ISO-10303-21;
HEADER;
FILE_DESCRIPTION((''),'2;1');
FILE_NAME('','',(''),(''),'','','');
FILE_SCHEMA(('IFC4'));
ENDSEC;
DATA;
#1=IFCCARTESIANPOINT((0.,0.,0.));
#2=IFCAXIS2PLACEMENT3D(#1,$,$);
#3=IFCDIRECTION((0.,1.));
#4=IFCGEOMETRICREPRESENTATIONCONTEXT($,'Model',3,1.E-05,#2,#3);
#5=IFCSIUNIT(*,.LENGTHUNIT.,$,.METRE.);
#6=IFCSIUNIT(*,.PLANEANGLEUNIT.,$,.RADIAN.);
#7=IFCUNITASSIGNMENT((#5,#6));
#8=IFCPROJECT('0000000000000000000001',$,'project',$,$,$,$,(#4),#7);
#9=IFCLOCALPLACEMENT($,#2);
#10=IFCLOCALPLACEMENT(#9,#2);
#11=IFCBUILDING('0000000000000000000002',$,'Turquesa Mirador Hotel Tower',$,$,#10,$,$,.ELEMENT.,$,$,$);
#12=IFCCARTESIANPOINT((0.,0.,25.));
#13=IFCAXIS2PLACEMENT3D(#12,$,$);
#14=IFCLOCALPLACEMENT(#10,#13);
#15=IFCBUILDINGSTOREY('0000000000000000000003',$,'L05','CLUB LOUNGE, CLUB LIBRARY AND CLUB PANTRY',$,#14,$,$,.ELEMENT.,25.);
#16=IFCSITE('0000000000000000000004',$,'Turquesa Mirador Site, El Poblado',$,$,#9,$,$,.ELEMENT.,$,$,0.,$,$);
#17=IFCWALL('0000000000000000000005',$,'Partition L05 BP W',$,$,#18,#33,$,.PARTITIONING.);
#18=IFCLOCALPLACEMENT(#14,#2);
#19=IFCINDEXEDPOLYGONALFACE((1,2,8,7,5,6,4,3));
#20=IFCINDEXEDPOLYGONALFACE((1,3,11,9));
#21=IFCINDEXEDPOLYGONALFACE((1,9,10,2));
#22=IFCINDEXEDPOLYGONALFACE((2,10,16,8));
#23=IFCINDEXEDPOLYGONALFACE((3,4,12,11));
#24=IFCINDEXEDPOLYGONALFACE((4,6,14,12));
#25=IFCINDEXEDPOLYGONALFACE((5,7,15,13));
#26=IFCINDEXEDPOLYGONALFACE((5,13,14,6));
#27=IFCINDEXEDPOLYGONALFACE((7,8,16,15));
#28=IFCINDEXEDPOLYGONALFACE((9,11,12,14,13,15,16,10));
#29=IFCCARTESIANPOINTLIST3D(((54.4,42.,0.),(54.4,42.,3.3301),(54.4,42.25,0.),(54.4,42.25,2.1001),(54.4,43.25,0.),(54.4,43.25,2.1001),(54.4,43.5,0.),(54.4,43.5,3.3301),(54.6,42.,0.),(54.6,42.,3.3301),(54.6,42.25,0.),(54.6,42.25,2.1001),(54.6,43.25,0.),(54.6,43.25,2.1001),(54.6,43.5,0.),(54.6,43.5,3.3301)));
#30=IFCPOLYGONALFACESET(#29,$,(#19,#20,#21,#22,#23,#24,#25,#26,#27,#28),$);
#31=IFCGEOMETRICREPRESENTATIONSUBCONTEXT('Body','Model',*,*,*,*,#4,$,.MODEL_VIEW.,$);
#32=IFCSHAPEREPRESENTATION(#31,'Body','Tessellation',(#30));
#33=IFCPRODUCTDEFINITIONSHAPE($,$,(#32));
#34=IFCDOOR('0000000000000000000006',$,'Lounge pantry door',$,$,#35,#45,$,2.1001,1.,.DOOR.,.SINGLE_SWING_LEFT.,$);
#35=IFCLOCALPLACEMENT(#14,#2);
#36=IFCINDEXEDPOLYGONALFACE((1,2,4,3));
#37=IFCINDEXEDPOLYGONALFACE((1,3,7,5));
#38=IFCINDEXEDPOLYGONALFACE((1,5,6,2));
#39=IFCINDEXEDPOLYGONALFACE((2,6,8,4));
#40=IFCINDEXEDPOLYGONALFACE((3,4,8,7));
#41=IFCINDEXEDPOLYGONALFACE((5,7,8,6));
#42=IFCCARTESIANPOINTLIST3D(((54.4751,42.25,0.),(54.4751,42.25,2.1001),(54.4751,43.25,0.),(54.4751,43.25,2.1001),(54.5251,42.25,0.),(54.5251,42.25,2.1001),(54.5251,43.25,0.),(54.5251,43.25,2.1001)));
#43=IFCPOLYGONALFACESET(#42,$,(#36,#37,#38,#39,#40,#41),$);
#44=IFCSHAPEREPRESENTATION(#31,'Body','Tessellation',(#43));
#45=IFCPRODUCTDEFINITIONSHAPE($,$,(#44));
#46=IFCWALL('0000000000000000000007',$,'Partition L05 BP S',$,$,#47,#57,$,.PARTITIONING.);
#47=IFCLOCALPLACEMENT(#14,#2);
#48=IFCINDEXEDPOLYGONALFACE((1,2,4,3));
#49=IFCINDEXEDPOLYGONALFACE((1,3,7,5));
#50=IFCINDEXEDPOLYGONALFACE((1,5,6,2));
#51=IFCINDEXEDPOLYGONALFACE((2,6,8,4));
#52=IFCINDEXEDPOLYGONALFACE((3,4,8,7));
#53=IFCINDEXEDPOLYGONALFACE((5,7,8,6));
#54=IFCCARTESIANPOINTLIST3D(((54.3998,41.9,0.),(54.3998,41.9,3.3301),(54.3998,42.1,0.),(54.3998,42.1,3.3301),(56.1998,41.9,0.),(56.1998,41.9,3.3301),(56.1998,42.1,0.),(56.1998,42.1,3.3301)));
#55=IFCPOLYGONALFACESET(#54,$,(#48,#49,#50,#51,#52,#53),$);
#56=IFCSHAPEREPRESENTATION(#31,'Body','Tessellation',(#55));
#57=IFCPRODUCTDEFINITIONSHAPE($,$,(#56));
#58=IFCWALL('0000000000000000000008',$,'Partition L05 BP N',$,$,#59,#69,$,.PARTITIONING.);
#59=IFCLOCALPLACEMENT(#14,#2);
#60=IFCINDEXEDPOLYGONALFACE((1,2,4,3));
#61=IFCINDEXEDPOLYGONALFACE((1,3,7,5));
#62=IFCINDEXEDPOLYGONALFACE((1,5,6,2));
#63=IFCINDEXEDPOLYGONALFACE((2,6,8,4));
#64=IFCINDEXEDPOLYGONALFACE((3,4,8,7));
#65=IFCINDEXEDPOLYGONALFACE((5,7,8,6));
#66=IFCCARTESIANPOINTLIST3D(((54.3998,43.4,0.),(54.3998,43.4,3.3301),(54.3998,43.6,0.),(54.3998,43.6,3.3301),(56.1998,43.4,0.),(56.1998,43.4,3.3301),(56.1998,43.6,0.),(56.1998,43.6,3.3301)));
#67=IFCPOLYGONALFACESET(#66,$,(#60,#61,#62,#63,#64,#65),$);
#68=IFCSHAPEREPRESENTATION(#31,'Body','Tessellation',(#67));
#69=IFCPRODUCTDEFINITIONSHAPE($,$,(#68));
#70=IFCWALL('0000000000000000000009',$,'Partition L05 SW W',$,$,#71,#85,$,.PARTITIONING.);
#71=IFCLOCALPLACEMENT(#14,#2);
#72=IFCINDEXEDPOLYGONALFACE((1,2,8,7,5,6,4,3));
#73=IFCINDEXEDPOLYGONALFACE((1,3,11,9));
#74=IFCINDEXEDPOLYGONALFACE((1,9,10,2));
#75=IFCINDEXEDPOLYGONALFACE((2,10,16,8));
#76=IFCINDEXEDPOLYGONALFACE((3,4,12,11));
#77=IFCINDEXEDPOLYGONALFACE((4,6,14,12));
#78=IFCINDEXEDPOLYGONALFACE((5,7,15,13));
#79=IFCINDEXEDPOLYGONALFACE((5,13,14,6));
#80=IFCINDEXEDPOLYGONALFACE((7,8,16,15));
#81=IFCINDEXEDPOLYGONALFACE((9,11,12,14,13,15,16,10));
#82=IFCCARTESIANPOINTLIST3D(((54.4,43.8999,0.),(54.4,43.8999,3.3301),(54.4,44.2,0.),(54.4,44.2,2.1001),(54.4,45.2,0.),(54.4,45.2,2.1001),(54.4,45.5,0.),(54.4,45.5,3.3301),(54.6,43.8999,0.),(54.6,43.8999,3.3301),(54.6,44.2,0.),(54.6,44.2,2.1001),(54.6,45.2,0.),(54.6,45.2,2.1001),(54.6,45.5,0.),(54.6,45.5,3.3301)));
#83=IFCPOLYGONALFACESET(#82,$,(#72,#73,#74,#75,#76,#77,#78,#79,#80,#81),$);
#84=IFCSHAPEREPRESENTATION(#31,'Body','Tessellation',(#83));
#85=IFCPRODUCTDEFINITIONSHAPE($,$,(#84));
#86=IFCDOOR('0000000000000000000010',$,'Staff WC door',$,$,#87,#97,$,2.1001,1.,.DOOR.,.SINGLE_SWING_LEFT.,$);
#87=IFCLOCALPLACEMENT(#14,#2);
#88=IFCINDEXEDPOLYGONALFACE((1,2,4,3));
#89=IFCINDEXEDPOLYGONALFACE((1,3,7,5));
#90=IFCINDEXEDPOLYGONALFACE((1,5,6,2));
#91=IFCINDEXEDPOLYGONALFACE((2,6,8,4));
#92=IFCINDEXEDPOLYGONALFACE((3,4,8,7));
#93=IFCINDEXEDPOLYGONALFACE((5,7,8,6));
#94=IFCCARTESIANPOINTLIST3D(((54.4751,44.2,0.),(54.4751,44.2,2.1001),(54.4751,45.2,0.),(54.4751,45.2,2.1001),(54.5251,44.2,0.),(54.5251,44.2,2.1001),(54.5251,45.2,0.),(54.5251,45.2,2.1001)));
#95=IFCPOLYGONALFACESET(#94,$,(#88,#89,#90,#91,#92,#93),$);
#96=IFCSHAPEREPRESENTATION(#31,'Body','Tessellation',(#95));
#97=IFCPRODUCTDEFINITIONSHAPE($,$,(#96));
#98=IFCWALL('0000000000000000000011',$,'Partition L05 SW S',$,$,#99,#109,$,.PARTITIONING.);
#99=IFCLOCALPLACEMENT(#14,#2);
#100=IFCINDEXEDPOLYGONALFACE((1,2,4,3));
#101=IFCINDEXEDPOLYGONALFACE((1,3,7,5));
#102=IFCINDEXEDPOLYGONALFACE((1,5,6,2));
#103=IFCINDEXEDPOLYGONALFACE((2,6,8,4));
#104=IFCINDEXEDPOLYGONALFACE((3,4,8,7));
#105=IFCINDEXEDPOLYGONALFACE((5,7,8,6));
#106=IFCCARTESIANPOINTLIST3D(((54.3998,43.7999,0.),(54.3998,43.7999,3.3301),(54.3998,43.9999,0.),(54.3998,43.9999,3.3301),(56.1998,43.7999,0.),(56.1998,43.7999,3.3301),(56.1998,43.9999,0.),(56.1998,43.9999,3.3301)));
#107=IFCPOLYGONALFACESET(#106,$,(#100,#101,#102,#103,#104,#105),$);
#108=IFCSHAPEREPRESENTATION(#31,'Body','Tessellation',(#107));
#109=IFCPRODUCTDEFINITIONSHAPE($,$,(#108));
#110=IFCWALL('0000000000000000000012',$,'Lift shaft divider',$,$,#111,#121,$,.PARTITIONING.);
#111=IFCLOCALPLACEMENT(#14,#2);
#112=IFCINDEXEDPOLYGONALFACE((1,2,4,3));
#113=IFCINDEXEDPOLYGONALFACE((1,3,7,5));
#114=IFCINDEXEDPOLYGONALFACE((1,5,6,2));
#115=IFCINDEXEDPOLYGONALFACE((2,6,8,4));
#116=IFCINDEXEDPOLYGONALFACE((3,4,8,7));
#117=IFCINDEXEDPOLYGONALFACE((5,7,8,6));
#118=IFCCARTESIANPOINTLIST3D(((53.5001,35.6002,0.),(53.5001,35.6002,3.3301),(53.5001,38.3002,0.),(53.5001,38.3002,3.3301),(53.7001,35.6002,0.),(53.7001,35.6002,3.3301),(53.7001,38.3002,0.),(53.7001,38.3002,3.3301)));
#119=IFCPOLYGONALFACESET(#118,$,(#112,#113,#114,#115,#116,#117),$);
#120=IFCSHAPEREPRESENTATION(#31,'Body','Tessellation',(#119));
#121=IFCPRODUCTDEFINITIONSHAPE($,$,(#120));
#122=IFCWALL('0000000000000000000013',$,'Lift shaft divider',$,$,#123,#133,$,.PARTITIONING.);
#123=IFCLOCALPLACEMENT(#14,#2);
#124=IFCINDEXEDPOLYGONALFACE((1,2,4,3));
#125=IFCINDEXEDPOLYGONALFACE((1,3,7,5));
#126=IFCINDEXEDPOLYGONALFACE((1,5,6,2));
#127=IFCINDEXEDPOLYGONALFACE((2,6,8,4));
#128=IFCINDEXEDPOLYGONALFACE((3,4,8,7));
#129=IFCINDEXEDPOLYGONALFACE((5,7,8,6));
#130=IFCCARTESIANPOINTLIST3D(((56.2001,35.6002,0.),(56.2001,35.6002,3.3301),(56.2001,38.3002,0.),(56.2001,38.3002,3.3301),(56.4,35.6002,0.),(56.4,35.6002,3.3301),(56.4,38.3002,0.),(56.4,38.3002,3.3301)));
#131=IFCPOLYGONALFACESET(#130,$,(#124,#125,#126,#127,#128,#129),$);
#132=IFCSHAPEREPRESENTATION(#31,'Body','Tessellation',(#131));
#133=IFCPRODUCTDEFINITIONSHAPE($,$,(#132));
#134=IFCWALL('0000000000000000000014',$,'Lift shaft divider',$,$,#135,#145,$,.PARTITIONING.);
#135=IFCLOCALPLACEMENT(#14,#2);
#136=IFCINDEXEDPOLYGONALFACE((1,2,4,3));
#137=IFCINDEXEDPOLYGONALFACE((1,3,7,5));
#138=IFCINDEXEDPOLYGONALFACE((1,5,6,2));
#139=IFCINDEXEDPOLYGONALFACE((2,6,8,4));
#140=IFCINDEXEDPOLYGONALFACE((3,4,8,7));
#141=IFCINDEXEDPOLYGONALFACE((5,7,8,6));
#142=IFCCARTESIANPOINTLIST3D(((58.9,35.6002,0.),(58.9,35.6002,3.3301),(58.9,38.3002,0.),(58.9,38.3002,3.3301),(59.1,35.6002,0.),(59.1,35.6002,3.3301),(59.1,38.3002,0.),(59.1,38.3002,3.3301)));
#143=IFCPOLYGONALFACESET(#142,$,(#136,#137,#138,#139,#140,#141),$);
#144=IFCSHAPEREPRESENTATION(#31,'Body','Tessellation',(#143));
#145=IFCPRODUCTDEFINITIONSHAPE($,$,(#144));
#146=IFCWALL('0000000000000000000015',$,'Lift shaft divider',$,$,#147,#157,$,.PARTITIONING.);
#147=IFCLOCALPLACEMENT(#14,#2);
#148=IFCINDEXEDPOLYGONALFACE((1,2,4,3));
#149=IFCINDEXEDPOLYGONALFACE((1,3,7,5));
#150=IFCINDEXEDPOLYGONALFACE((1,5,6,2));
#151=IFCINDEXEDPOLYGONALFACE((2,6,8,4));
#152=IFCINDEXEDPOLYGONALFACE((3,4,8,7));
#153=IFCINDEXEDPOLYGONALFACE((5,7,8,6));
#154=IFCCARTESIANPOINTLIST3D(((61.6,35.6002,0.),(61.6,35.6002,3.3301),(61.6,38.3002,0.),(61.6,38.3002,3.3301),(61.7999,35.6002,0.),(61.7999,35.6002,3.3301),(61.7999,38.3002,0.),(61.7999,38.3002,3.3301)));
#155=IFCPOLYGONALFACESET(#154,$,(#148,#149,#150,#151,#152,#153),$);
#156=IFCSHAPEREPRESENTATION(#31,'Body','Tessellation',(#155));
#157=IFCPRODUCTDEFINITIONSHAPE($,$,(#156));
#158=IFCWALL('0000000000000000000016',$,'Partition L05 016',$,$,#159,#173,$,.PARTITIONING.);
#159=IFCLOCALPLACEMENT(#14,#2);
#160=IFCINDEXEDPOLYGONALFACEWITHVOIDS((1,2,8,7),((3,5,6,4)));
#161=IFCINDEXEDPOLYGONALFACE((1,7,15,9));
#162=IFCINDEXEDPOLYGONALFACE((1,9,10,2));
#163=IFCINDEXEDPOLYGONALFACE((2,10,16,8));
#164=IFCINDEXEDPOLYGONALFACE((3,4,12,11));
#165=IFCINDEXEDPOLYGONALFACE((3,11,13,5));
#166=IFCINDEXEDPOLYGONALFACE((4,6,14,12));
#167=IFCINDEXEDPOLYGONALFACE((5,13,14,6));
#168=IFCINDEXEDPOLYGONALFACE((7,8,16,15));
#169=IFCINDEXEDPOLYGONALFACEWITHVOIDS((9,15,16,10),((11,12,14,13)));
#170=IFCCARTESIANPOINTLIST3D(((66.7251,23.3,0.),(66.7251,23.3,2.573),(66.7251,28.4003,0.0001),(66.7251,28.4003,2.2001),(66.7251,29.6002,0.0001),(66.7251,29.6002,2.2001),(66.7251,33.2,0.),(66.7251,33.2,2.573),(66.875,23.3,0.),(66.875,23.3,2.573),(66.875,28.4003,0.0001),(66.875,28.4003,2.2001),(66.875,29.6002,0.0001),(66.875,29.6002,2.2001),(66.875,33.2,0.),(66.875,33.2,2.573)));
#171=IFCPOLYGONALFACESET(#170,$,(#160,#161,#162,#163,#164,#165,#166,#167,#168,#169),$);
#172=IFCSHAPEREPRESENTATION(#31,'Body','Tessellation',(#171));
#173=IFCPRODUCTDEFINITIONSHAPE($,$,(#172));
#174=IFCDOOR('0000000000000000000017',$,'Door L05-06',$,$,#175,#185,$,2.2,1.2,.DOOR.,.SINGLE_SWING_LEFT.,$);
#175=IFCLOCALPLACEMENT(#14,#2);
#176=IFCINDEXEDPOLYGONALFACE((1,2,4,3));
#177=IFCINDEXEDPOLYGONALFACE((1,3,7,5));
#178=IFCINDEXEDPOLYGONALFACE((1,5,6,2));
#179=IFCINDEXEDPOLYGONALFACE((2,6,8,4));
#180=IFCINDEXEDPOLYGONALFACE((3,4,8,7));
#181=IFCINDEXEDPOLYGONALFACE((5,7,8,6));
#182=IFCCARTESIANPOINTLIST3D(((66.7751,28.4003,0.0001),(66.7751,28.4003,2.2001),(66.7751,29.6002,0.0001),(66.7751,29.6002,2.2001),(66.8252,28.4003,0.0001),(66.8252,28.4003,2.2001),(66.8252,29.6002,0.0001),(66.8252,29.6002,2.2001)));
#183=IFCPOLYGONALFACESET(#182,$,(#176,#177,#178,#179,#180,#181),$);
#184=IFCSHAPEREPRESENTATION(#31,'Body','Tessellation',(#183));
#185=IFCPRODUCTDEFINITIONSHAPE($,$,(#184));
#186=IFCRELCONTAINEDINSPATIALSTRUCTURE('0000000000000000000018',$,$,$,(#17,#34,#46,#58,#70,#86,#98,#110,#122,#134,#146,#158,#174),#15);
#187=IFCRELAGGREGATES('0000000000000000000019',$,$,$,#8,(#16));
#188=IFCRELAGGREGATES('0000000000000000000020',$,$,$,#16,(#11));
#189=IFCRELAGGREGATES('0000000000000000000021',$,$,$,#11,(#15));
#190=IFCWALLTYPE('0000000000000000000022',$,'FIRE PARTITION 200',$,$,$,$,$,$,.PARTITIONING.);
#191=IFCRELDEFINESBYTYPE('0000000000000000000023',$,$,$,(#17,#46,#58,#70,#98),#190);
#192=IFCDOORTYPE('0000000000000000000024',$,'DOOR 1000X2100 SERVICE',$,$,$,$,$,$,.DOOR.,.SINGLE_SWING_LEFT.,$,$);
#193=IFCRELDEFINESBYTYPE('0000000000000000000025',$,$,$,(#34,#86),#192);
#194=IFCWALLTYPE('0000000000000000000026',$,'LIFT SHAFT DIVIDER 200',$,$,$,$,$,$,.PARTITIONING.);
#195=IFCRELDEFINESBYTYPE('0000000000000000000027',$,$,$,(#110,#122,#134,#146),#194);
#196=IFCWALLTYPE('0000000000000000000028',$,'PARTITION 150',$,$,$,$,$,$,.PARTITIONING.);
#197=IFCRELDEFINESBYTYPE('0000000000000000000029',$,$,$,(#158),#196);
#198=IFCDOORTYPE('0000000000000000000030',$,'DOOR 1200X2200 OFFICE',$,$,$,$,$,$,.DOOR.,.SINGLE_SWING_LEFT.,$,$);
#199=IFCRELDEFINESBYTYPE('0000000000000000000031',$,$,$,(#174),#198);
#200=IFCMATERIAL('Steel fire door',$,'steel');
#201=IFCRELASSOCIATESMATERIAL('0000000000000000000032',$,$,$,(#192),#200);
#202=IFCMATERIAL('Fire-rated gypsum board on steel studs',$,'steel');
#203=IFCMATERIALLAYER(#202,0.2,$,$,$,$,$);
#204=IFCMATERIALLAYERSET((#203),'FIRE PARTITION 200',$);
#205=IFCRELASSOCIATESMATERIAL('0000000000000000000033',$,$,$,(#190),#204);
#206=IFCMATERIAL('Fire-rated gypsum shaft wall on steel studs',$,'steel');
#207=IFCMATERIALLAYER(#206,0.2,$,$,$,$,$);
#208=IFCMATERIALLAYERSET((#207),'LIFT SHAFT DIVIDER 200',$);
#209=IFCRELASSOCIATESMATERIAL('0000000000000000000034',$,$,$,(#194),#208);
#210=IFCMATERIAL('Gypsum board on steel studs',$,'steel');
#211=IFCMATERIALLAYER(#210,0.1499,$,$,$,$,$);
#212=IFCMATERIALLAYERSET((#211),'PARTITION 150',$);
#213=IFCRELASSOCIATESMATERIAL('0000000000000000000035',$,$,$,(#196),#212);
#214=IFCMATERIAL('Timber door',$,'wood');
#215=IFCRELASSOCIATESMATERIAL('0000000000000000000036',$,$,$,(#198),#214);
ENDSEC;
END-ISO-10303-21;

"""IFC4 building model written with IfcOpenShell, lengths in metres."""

from ifc_helpers import new_model, si_unit, direction, frame, frame_2d, origin, place, context, subcontext, project, spatial, rectangle, extrude, material, layer, layer_set, type_object, element, fill, save


model = new_model("IFC4")

# Units and contexts
model_context = context("Model", 3, precision=1e-05, world=origin(), true_north=direction((0.0, 1.0)))
body_context = subcontext(model_context, "Body", "Model", "MODEL_VIEW")
ifc_project = project(units=[si_unit("LENGTHUNIT", "METRE"), si_unit("PLANEANGLEUNIT", "RADIAN")], contexts=[model_context])

# Site, building, storey
site_placement = place(None, origin())
site = spatial("IfcSite", under=ifc_project, at=site_placement, Name="Turquesa Mirador Site, El Poblado", CompositionType="ELEMENT", RefElevation=0.0)
building_placement = place(site_placement, origin())
building = spatial("IfcBuilding", under=site, at=building_placement, Name="Turquesa Mirador Hotel Tower", CompositionType="ELEMENT")
storey_placement = place(building_placement, frame((0.0, 0.0, 25.0)))
storey = spatial("IfcBuildingStorey", under=building, at=storey_placement, Name="L05", Description="CLUB LOUNGE, CLUB LIBRARY AND CLUB PANTRY", CompositionType="ELEMENT", Elevation=25.0)

# Shared definitions
ifc_material_1 = material(Name="Steel fire door", Category="steel")
door_type_1 = type_object("IfcDoorType", Name="DOOR 1000X2100 SERVICE", OperationType="SINGLE_SWING_LEFT", PredefinedType="DOOR", material=ifc_material_1)

# Wall, opening, door
ifc_material_2 = material(Name="Fire-rated gypsum board on steel studs", Category="steel")
ifc_layer_1 = layer(ifc_material_2, 0.2)
ifc_layer_set_1 = layer_set([ifc_layer_1], Name="FIRE PARTITION 200")
wall_type_1 = type_object("IfcWallType", Name="FIRE PARTITION 200", PredefinedType="PARTITIONING", material=ifc_layer_set_1)
wall_1_placement = place(storey_placement, frame((54.5, 42.0, 0.0), z_axis=(0.0, 0.0, 1.0), x_axis=(0.0, 1.0, 0.0)))
wall_1 = element("IfcWall", 1, at=wall_1_placement, inside=storey, type_object=wall_type_1, Name="Partition L05 BP W", PredefinedType="PARTITIONING", context=body_context, shape_type="SweptSolid", body=[
    extrude(rectangle(XDim=1.5, YDim=0.2, at=frame_2d((0.75, 0.0))), origin(), (0.0, 0.0, 1.0), 3.3301),
])
opening_1_placement = place(wall_1_placement, frame((0.25, 0.0, 0.0)))
opening_1 = element("IfcOpeningElement", 2, at=opening_1_placement, cuts=wall_1, PredefinedType="OPENING", context=body_context, shape_type="SweptSolid", body=[
    extrude(rectangle(XDim=1.0, YDim=2.1001, at=frame_2d((0.5, 1.05))), frame((0.0, 0.1099, 0.0), z_axis=(0.0, -1.0, 0.0), x_axis=(1.0, 0.0, 0.0)), (0.0, 0.0, 1.0), 0.22),
])
door_1_placement = place(opening_1_placement, origin())
door_1 = element("IfcDoor", 3, at=door_1_placement, inside=storey, type_object=door_type_1, Name="Lounge pantry door", OperationType="SINGLE_SWING_LEFT", OverallHeight=2.1001, OverallWidth=1.0, PredefinedType="DOOR", context=body_context, shape_type="SweptSolid", body=[
    extrude(rectangle(XDim=1.0, YDim=2.1001, at=frame_2d((0.5, 1.05))), frame((0.0, 0.0249, 0.0), z_axis=(0.0, -1.0, 0.0), x_axis=(1.0, 0.0, 0.0)), (0.0, 0.0, 1.0), 0.05),
])
fill(opening_1, door_1)

# Walls
for number, where, z_axis, x_axis, name in (
    (4, (54.3999, 42.0, 0.0), (0.0, 0.0, 1.0), (1.0, 0.0, 0.0), "Partition L05 BP S"),
    (5, (54.3999, 43.5, 0.0), (0.0, 0.0, 1.0), (1.0, 0.0, 0.0), "Partition L05 BP N"),
):
    element("IfcWall", number, at=place(storey_placement, frame(where, z_axis=z_axis, x_axis=x_axis)), inside=storey, type_object=wall_type_1, Name=name, PredefinedType="PARTITIONING", context=body_context, shape_type="SweptSolid", body=[
        extrude(rectangle(XDim=1.8, YDim=0.2, at=frame_2d((0.8999, 0.0))), origin(), (0.0, 0.0, 1.0), 3.3301),
    ])

# Wall, opening, door
wall_2_placement = place(storey_placement, frame((54.5, 43.8999, 0.0), z_axis=(0.0, 0.0, 1.0), x_axis=(0.0, 1.0, 0.0)))
wall_2 = element("IfcWall", 6, at=wall_2_placement, inside=storey, type_object=wall_type_1, Name="Partition L05 SW W", PredefinedType="PARTITIONING", context=body_context, shape_type="SweptSolid", body=[
    extrude(rectangle(XDim=1.6001, YDim=0.2, at=frame_2d((0.8, 0.0))), origin(), (0.0, 0.0, 1.0), 3.3301),
])
opening_2_placement = place(wall_2_placement, frame((0.3, 0.0, 0.0)))
opening_2 = element("IfcOpeningElement", 7, at=opening_2_placement, cuts=wall_2, PredefinedType="OPENING", context=body_context, shape_type="SweptSolid", body=[
    extrude(rectangle(XDim=1.0, YDim=2.1001, at=frame_2d((0.5, 1.05))), frame((0.0, 0.1099, 0.0), z_axis=(0.0, -1.0, 0.0), x_axis=(1.0, 0.0, 0.0)), (0.0, 0.0, 1.0), 0.22),
])
door_2_placement = place(opening_2_placement, origin())
door_2 = element("IfcDoor", 8, at=door_2_placement, inside=storey, type_object=door_type_1, Name="Staff WC door", OperationType="SINGLE_SWING_LEFT", OverallHeight=2.1001, OverallWidth=1.0, PredefinedType="DOOR", context=body_context, shape_type="SweptSolid", body=[
    extrude(rectangle(XDim=1.0, YDim=2.1001, at=frame_2d((0.5, 1.05))), frame((0.0, 0.0249, 0.0), z_axis=(0.0, -1.0, 0.0), x_axis=(1.0, 0.0, 0.0)), (0.0, 0.0, 1.0), 0.05),
])
fill(opening_2, door_2)

# Walls
wall_3_placement = place(storey_placement, frame((54.3999, 43.8999, 0.0), z_axis=(0.0, 0.0, 1.0), x_axis=(1.0, 0.0, 0.0)))
element("IfcWall", 9, at=wall_3_placement, inside=storey, type_object=wall_type_1, Name="Partition L05 SW S", PredefinedType="PARTITIONING", context=body_context, shape_type="SweptSolid", body=[
    extrude(rectangle(XDim=1.8, YDim=0.2, at=frame_2d((0.8999, 0.0))), origin(), (0.0, 0.0, 1.0), 3.3301),
])
ifc_material_3 = material(Name="Fire-rated gypsum shaft wall on steel studs", Category="steel")
ifc_layer_2 = layer(ifc_material_3, 0.2)
ifc_layer_set_2 = layer_set([ifc_layer_2], Name="LIFT SHAFT DIVIDER 200")
wall_type_2 = type_object("IfcWallType", Name="LIFT SHAFT DIVIDER 200", PredefinedType="PARTITIONING", material=ifc_layer_set_2)
for number, where, z_axis, x_axis, name in (
    (10, (53.6001, 35.6001, 0.0), (0.0, 0.0, 1.0), (0.0, 1.0, 0.0), "Lift shaft divider"),
    (11, (56.3, 35.6001, 0.0), (0.0, 0.0, 1.0), (0.0, 1.0, 0.0), "Lift shaft divider"),
    (12, (59.0, 35.6001, 0.0), (0.0, 0.0, 1.0), (0.0, 1.0, 0.0), "Lift shaft divider"),
    (13, (61.7, 35.6001, 0.0), (0.0, 0.0, 1.0), (0.0, 1.0, 0.0), "Lift shaft divider"),
):
    element("IfcWall", number, at=place(storey_placement, frame(where, z_axis=z_axis, x_axis=x_axis)), inside=storey, type_object=wall_type_2, Name=name, PredefinedType="PARTITIONING", context=body_context, shape_type="SweptSolid", body=[
        extrude(rectangle(XDim=2.7, YDim=0.2, at=frame_2d((1.3501, 0.0))), origin(), (0.0, 0.0, 1.0), 3.3301),
    ])

# Wall, opening, door
ifc_material_4 = material(Name="Gypsum board on steel studs", Category="steel")
ifc_layer_3 = layer(ifc_material_4, 0.1499)
ifc_layer_set_3 = layer_set([ifc_layer_3], Name="PARTITION 150")
wall_type_3 = type_object("IfcWallType", Name="PARTITION 150", PredefinedType="PARTITIONING", material=ifc_layer_set_3)
wall_4_placement = place(storey_placement, frame((66.8, 23.3, 0.0), z_axis=(0.0, 0.0, 1.0), x_axis=(0.0, 1.0, 0.0)))
wall_4 = element("IfcWall", 14, at=wall_4_placement, inside=storey, type_object=wall_type_3, Name="Partition L05 016", PredefinedType="PARTITIONING", context=body_context, shape_type="SweptSolid", body=[
    extrude(rectangle(XDim=9.8999, YDim=0.1499, at=frame_2d((4.95, 0.0))), origin(), (0.0, 0.0, 1.0), 2.573),
])
opening_3_placement = place(wall_4_placement, frame((5.1001, 0.0, 0.0)))
opening_3 = element("IfcOpeningElement", 15, at=opening_3_placement, cuts=wall_4, PredefinedType="OPENING", context=body_context, shape_type="SweptSolid", body=[
    extrude(rectangle(XDim=1.2, YDim=2.2, at=frame_2d((0.6001, 1.1001))), frame((0.0, 0.085, 0.0), z_axis=(0.0, -1.0, 0.0), x_axis=(1.0, 0.0, 0.0)), (0.0, 0.0, 1.0), 0.1699),
])
ifc_material_5 = material(Name="Timber door", Category="wood")
door_type_2 = type_object("IfcDoorType", Name="DOOR 1200X2200 OFFICE", OperationType="SINGLE_SWING_LEFT", PredefinedType="DOOR", material=ifc_material_5)
door_3_placement = place(opening_3_placement, origin())
door_3 = element("IfcDoor", 16, at=door_3_placement, inside=storey, type_object=door_type_2, Name="Door L05-06", OperationType="SINGLE_SWING_LEFT", OverallHeight=2.2, OverallWidth=1.2, PredefinedType="DOOR", context=body_context, shape_type="SweptSolid", body=[
    extrude(rectangle(XDim=1.2, YDim=2.2, at=frame_2d((0.6001, 1.1001))), frame((0.0, 0.0249, 0.0), z_axis=(0.0, -1.0, 0.0), x_axis=(1.0, 0.0, 0.0)), (0.0, 0.0, 1.0), 0.05),
])
fill(opening_3, door_3)

save(model, "model.ifc")
